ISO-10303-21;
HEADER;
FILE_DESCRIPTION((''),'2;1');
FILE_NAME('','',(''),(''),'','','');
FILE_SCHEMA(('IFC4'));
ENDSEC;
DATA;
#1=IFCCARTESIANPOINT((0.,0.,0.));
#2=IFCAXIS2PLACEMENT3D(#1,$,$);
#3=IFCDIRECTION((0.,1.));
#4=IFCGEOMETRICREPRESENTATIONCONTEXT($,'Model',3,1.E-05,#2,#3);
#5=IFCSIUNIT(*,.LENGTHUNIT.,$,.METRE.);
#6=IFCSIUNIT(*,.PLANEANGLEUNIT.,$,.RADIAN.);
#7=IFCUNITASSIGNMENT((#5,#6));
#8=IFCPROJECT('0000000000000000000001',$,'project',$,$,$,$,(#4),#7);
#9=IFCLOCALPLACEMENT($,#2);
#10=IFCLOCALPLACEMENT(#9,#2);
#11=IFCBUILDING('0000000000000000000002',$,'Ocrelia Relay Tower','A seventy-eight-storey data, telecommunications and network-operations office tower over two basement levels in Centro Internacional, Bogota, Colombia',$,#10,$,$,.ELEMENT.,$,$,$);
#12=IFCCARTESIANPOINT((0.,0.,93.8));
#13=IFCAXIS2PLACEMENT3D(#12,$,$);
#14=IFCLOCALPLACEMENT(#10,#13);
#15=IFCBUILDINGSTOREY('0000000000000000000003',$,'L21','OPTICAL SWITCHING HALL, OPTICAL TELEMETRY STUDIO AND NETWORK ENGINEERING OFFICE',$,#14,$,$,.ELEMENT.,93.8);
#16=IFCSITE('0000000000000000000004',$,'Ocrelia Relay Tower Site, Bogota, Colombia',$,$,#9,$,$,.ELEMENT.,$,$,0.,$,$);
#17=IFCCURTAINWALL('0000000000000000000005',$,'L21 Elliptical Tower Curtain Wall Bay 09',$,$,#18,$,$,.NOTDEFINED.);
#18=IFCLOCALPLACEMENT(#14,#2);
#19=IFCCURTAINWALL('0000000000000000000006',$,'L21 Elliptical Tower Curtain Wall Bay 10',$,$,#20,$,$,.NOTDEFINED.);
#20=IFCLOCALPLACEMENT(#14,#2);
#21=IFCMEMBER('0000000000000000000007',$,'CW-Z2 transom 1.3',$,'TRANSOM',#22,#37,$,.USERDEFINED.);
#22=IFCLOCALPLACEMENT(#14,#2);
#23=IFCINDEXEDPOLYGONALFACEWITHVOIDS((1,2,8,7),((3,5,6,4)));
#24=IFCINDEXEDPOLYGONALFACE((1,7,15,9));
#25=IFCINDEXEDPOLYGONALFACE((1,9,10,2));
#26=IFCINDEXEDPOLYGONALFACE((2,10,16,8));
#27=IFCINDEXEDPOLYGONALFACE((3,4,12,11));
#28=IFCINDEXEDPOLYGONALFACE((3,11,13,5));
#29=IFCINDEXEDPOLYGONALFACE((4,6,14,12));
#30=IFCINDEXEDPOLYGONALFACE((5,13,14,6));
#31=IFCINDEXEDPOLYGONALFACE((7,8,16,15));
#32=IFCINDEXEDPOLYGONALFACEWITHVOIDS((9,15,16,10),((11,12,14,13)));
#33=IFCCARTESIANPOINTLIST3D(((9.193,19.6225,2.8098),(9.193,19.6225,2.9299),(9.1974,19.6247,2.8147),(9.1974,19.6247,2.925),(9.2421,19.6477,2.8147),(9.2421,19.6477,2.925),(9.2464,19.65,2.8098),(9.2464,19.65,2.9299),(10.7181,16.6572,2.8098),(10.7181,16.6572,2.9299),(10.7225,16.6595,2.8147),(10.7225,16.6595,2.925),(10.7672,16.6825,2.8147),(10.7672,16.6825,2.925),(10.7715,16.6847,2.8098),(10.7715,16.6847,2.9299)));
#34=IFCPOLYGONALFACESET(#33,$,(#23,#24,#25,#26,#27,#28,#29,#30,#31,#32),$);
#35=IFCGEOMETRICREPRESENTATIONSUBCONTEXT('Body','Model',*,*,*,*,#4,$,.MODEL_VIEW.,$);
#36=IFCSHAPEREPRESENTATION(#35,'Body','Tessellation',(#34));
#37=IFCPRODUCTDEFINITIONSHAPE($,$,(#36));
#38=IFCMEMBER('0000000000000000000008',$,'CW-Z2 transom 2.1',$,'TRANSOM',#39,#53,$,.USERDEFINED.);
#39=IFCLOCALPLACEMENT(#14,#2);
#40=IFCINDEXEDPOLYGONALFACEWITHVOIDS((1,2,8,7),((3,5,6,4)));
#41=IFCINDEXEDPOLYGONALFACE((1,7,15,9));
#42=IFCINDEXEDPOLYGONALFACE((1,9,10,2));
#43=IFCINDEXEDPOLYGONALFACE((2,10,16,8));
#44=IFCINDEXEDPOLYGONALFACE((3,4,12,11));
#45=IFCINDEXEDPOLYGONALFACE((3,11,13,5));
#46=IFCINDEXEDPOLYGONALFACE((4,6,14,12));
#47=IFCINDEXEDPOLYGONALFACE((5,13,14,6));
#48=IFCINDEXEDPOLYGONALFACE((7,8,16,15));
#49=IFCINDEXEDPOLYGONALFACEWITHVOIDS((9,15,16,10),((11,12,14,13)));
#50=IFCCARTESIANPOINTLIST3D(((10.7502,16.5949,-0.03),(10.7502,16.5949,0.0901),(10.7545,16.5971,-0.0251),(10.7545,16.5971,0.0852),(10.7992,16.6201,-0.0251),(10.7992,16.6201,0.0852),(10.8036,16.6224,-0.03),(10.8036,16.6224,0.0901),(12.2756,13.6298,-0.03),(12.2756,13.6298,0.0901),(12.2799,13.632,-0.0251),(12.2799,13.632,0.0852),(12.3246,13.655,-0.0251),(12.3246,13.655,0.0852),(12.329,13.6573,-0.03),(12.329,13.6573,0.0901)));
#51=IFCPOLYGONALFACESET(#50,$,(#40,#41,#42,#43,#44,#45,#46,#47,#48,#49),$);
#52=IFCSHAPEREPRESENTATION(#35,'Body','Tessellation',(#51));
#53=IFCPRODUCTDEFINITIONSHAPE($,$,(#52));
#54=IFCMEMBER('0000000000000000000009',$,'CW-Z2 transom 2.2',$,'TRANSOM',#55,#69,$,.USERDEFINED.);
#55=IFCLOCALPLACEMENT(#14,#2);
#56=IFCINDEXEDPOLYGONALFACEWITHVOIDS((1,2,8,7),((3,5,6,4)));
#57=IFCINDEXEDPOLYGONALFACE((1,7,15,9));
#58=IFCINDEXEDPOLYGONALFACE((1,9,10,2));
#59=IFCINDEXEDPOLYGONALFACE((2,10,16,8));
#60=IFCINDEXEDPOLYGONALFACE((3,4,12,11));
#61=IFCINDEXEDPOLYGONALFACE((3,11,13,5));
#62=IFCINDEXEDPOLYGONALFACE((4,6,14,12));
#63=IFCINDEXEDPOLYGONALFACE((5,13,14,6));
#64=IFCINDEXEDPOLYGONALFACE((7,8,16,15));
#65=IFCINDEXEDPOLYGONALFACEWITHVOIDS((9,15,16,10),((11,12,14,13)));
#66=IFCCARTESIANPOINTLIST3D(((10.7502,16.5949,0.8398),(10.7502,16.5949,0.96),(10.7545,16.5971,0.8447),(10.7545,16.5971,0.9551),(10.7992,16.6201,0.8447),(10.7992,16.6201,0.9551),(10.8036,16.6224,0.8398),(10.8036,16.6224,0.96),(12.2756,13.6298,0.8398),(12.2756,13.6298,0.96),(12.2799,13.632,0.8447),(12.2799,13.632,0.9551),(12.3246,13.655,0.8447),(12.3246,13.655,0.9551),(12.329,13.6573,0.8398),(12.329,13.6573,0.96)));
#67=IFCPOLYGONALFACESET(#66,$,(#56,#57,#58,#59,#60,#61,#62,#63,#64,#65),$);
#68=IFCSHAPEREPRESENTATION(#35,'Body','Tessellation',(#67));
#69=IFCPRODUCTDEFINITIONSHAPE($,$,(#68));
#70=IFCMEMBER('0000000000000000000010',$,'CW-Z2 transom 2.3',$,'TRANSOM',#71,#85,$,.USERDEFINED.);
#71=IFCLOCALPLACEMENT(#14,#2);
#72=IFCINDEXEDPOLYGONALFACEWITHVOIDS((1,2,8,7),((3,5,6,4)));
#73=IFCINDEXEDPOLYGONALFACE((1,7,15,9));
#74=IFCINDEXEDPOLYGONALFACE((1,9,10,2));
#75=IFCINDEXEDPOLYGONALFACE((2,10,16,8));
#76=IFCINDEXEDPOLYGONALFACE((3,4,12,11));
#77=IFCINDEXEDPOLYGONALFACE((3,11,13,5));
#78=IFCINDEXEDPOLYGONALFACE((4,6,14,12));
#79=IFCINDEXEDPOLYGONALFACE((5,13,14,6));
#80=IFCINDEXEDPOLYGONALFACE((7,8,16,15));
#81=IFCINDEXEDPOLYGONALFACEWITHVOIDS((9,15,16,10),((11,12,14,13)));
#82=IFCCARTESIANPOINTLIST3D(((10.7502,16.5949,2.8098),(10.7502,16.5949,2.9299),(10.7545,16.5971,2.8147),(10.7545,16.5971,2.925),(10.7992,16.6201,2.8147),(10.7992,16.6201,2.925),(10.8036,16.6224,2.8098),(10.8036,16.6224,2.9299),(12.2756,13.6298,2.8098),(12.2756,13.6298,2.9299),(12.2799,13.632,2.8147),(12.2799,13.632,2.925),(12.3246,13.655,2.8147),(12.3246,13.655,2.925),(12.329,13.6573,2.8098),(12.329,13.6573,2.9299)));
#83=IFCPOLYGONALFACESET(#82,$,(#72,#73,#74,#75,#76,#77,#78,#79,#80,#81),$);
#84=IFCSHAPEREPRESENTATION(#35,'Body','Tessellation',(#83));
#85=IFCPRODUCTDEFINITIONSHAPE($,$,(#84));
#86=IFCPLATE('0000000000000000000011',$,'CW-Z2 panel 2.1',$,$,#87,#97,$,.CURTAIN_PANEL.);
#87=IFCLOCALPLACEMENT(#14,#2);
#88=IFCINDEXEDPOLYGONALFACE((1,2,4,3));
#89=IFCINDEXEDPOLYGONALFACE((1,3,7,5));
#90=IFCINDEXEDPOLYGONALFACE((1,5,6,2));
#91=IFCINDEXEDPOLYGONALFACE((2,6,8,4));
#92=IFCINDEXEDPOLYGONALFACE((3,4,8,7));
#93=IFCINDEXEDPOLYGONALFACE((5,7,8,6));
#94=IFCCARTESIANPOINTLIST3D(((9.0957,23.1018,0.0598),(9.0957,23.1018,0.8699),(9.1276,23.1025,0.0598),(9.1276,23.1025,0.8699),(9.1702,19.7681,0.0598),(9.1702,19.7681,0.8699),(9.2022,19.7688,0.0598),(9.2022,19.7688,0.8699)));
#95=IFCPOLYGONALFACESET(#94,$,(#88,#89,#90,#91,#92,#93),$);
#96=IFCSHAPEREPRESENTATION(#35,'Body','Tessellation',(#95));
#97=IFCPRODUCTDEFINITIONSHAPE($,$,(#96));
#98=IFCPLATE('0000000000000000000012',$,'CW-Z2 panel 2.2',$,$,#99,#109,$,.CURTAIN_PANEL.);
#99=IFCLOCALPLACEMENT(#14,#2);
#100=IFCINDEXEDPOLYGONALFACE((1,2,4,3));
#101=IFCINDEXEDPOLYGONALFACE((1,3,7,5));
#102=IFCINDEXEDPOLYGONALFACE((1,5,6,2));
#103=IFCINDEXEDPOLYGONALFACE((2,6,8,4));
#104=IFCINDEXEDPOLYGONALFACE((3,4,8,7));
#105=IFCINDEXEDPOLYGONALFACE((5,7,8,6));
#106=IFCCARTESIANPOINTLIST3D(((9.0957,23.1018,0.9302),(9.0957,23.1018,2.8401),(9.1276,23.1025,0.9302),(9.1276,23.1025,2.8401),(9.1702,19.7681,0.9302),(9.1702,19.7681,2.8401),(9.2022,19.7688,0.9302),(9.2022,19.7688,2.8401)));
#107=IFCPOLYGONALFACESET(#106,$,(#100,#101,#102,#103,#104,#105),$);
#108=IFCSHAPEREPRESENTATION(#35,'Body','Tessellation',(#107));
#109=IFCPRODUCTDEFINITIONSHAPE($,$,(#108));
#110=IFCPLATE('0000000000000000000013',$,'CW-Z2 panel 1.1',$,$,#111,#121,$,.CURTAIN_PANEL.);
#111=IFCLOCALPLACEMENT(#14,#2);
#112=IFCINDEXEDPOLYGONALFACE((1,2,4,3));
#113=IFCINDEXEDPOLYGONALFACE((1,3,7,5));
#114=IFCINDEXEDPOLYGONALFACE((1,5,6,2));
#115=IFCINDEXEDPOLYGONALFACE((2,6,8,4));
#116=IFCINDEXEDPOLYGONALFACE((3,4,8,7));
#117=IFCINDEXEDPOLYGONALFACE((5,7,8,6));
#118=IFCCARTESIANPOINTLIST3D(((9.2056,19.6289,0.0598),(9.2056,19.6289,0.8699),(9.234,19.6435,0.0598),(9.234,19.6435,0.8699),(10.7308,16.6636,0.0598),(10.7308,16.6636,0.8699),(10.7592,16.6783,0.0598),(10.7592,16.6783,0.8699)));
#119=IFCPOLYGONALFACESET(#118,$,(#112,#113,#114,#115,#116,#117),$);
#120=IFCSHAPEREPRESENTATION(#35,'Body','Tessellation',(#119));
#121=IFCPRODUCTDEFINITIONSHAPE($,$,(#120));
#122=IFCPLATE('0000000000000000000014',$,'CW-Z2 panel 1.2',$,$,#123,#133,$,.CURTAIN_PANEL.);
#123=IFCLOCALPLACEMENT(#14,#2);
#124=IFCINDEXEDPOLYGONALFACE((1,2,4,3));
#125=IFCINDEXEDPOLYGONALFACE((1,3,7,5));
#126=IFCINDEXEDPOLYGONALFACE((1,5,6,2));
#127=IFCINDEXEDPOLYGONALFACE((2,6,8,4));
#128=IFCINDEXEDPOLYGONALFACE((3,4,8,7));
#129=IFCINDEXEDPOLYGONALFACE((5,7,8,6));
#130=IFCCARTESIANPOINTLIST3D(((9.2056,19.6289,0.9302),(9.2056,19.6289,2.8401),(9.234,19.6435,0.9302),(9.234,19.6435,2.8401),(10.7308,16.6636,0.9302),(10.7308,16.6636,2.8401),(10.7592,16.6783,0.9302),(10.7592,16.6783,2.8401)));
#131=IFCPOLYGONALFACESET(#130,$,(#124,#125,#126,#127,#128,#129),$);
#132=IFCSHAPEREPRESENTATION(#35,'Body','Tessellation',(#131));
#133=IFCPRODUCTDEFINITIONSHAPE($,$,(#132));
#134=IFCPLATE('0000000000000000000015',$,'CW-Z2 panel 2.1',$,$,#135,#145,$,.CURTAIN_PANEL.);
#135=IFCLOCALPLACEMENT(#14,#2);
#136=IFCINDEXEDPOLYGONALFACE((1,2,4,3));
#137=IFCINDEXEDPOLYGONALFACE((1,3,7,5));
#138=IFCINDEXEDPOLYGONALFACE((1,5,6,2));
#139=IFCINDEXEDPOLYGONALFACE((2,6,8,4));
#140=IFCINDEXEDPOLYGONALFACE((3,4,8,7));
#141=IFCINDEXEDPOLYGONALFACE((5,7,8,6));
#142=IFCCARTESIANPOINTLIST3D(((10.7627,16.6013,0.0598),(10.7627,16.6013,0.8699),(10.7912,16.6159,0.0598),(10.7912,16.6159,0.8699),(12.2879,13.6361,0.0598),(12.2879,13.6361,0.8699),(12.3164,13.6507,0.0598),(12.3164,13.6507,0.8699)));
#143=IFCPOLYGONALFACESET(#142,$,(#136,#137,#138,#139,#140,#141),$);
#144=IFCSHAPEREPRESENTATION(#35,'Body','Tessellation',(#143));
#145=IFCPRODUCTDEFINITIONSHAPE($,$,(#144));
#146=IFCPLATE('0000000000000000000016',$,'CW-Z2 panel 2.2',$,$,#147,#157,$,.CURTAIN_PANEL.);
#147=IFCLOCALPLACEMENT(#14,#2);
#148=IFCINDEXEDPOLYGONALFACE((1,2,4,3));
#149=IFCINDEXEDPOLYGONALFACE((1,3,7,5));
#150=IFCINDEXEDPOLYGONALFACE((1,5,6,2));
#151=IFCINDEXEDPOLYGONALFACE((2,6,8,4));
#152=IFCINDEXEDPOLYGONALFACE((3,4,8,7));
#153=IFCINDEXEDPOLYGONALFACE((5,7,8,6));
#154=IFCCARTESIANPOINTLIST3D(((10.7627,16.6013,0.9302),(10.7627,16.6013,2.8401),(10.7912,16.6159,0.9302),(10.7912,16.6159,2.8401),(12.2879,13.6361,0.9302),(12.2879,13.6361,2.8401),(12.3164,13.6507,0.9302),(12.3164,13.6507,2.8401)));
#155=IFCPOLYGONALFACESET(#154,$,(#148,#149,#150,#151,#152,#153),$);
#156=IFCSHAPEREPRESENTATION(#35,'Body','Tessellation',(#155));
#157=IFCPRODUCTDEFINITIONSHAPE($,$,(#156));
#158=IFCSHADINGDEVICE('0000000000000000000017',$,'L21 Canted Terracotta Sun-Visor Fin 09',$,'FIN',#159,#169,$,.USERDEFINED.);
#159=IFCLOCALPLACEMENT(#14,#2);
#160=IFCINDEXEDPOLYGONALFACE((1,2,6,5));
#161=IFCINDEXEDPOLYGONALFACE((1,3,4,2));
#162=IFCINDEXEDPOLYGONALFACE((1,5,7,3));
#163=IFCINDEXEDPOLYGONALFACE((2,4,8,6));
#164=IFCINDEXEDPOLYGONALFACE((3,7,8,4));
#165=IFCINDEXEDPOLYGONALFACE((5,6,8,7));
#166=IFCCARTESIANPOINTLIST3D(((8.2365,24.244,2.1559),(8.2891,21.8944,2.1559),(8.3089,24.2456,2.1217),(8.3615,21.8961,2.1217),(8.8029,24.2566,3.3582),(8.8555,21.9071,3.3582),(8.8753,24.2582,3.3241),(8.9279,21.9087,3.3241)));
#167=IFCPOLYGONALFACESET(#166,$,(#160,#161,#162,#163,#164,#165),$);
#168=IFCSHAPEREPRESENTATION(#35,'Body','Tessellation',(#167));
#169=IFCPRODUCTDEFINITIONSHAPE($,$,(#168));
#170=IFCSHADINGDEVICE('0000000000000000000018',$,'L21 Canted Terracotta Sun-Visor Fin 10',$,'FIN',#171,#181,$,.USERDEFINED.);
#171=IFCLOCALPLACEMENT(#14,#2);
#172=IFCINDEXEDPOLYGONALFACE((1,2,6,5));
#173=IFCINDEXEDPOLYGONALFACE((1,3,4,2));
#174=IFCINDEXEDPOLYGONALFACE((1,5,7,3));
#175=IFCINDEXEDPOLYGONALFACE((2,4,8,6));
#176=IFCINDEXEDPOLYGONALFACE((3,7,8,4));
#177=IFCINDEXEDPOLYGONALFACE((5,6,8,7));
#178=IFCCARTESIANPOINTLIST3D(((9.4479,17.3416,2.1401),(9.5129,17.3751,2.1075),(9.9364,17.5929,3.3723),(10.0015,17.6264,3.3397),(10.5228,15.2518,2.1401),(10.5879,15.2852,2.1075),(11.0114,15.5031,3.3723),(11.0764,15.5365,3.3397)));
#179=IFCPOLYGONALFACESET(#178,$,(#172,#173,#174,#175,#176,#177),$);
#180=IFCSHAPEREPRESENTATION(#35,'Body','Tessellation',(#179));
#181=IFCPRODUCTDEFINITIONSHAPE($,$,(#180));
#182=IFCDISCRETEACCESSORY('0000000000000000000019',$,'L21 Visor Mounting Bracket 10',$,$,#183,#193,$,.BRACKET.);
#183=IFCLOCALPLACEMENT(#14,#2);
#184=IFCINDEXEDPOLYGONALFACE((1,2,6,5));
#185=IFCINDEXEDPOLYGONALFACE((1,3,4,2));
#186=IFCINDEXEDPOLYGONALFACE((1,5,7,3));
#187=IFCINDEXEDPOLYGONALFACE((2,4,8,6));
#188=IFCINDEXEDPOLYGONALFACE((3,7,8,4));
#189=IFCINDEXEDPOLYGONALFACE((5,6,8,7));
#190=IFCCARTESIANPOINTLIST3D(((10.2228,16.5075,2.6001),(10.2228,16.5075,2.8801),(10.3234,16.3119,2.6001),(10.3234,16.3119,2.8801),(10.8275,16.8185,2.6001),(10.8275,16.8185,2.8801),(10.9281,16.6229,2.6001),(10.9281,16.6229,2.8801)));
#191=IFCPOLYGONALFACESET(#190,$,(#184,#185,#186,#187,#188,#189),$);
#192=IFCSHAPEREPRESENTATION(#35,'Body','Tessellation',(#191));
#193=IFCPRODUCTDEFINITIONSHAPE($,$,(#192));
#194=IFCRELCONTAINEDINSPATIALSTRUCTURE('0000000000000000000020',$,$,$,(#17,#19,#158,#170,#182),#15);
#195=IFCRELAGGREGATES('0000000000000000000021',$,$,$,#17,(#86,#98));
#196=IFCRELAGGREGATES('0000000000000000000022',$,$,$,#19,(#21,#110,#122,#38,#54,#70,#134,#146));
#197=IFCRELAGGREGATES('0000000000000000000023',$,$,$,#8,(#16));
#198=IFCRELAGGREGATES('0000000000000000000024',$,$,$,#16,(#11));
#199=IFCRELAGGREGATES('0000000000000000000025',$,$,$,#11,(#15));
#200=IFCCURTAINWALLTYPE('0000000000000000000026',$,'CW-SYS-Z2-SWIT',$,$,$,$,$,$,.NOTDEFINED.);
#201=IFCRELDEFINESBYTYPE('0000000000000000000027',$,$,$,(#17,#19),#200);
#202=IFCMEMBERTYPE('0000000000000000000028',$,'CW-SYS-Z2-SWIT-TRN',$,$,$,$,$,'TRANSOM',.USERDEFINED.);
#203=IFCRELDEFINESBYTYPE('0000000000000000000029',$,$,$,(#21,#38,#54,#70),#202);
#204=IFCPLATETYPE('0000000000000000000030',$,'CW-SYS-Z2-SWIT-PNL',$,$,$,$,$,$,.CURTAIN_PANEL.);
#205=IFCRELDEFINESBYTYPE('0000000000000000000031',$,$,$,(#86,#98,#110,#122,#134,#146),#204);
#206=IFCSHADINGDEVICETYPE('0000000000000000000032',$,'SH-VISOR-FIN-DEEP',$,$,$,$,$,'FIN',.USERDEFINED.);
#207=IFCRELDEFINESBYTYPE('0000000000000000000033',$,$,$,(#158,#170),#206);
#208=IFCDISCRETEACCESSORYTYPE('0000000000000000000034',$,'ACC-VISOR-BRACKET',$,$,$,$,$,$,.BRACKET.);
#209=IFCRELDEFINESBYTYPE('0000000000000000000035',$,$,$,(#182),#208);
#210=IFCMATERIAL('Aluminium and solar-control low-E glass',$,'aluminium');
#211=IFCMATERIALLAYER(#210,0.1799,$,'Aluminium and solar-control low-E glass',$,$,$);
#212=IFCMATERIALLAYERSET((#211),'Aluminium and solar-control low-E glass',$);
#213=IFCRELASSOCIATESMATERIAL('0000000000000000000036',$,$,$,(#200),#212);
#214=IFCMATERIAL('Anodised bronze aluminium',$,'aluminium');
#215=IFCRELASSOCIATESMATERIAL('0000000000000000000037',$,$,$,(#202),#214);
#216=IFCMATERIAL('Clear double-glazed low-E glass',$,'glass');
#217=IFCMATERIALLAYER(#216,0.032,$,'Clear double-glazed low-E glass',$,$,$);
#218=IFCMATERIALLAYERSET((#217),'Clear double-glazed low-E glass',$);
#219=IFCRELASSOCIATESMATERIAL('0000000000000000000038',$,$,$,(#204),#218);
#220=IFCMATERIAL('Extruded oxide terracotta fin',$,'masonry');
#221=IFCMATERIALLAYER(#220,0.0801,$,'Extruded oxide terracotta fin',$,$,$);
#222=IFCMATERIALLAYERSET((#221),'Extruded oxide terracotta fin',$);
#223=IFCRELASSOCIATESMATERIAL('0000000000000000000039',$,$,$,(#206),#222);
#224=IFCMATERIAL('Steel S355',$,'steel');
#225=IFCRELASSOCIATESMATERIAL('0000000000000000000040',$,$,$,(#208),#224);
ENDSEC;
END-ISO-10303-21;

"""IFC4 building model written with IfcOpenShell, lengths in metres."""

from ifc_helpers import new_model, si_unit, direction, frame, origin, origin_2d, place, context, subcontext, project, spatial, rectangle, hollow_rectangle, extrude, material, layer, layer_set, material_profile, profile_set, type_object, element, aggregate, save


model = new_model("IFC4")

# Units and contexts
model_context = context("Model", 3, precision=1e-05, world=origin(), true_north=direction((0.0, 1.0)))
body_context = subcontext(model_context, "Body", "Model", "MODEL_VIEW")
ifc_project = project(units=[si_unit("LENGTHUNIT", "METRE"), si_unit("PLANEANGLEUNIT", "RADIAN")], contexts=[model_context])

# Site, building, storey
site_placement = place(None, origin())
site = spatial("IfcSite", under=ifc_project, at=site_placement, Name="Ocrelia Relay Tower Site, Bogota, Colombia", CompositionType="ELEMENT", RefElevation=0.0)
building_placement = place(site_placement, origin())
building = spatial("IfcBuilding", under=site, at=building_placement, Name="Ocrelia Relay Tower", Description="A seventy-eight-storey data, telecommunications and network-operations office tower over two basement levels in Centro Internacional, Bogota, Colombia", CompositionType="ELEMENT")
storey_placement = place(building_placement, frame((0.0, 0.0, 93.8)))
storey = spatial("IfcBuildingStorey", under=building, at=storey_placement, Name="L21", Description="OPTICAL SWITCHING HALL, OPTICAL TELEMETRY STUDIO AND NETWORK ENGINEERING OFFICE", CompositionType="ELEMENT", Elevation=93.8)

# Shared definitions
ifc_material_1 = material(Name="Steel S355", Category="steel")

# Curtain wall
ifc_material_2 = material(Name="Aluminium and solar-control low-E glass", Category="aluminium")
ifc_layer_1 = layer(ifc_material_2, 0.1799, Name="Aluminium and solar-control low-E glass")
ifc_layer_set_1 = layer_set([ifc_layer_1], Name="Aluminium and solar-control low-E glass")
curtain_wall_type = type_object("IfcCurtainWallType", Name="CW-SYS-Z2-SWIT", PredefinedType="NOTDEFINED", material=ifc_layer_set_1)
curtain_wall_1_placement = place(storey_placement, origin())
curtain_wall_1 = element("IfcCurtainWall", 1, at=curtain_wall_1_placement, inside=storey, type_object=curtain_wall_type, Name="L21 Elliptical Tower Curtain Wall Bay 09", PredefinedType="NOTDEFINED")
ifc_material_3 = material(Name="Anodised bronze aluminium", Category="aluminium")

# Curtain wall, members
curtain_wall_2_placement = place(storey_placement, origin())
curtain_wall_2 = element("IfcCurtainWall", 2, at=curtain_wall_2_placement, inside=storey, type_object=curtain_wall_type, Name="L21 Elliptical Tower Curtain Wall Bay 10", PredefinedType="NOTDEFINED")
ifc_material_profile_1 = material_profile(ifc_material_3, hollow_rectangle(XDim=0.0601, YDim=0.1201, WallThickness=0.0049, at=origin_2d()), Name="CW-TRN-120x60")
ifc_profile_set_1 = profile_set([ifc_material_profile_1], Name="Anodised bronze aluminium")
member_type_1 = type_object("IfcMemberType", Name="CW-SYS-Z2-SWIT-TRN", ElementType="TRANSOM", PredefinedType="USERDEFINED", material=ifc_profile_set_1)
member_1_placement = place(storey_placement, frame((9.2197, 19.6362, 2.8699), z_axis=(0.457376, -0.889273, 0.0), x_axis=(0.889273, 0.457376, 0.0)))
member_1 = element("IfcMember", 3, at=member_1_placement, type_object=member_type_1, Name="CW-Z2 transom 1.3", ObjectType="TRANSOM", PredefinedType="USERDEFINED", context=body_context, shape_type="SweptSolid", body=[
    extrude(hollow_rectangle(XDim=0.0601, YDim=0.1201, WallThickness=0.0049, at=origin_2d()), origin(), (0.0, 0.0, 1.0), 3.3345),
])
member_2_placement = place(storey_placement, frame((10.7769, 16.6086, 0.03), z_axis=(0.457464, -0.889228, 0.0), x_axis=(0.889228, 0.457464, 0.0)))
member_2 = element("IfcMember", 4, at=member_2_placement, type_object=member_type_1, Name="CW-Z2 transom 2.1", ObjectType="TRANSOM", PredefinedType="USERDEFINED", context=body_context, shape_type="SweptSolid", body=[
    extrude(hollow_rectangle(XDim=0.0601, YDim=0.1201, WallThickness=0.0049, at=origin_2d()), origin(), (0.0, 0.0, 1.0), 3.3345),
])
member_3_placement = place(storey_placement, frame((10.7769, 16.6086, 0.8999), z_axis=(0.457464, -0.889228, 0.0), x_axis=(0.889228, 0.457464, 0.0)))
member_3 = element("IfcMember", 5, at=member_3_placement, type_object=member_type_1, Name="CW-Z2 transom 2.2", ObjectType="TRANSOM", PredefinedType="USERDEFINED", context=body_context, shape_type="SweptSolid", body=[
    extrude(hollow_rectangle(XDim=0.0601, YDim=0.1201, WallThickness=0.0049, at=origin_2d()), origin(), (0.0, 0.0, 1.0), 3.3345),
])
member_4_placement = place(storey_placement, frame((10.7769, 16.6086, 2.8699), z_axis=(0.457464, -0.889228, 0.0), x_axis=(0.889228, 0.457464, 0.0)))
member_4 = element("IfcMember", 6, at=member_4_placement, type_object=member_type_1, Name="CW-Z2 transom 2.3", ObjectType="TRANSOM", PredefinedType="USERDEFINED", context=body_context, shape_type="SweptSolid", body=[
    extrude(hollow_rectangle(XDim=0.0601, YDim=0.1201, WallThickness=0.0049, at=origin_2d()), origin(), (0.0, 0.0, 1.0), 3.3345),
])

# Plates
ifc_material_4 = material(Name="Clear double-glazed low-E glass", Category="glass")
ifc_layer_2 = layer(ifc_material_4, 0.032, Name="Clear double-glazed low-E glass")
ifc_layer_set_2 = layer_set([ifc_layer_2], Name="Clear double-glazed low-E glass")
plate_type = type_object("IfcPlateType", Name="CW-SYS-Z2-SWIT-PNL", PredefinedType="CURTAIN_PANEL", material=ifc_layer_set_2)
plate_1_placement = place(storey_placement, frame((9.1489, 21.4353, 0.0598), z_axis=(0.0, 0.0, 1.0), x_axis=(0.022358, -0.99975, 0.0)))
plate_1 = element("IfcPlate", 7, at=plate_1_placement, type_object=plate_type, Name="CW-Z2 panel 2.1", PredefinedType="CURTAIN_PANEL", context=body_context, shape_type="SweptSolid", body=[
    extrude(rectangle(XDim=3.3345, YDim=0.032, at=origin_2d()), origin(), (0.0, 0.0, 1.0), 0.8101),
])
plate_2_placement = place(storey_placement, frame((9.1489, 21.4353, 0.9302), z_axis=(0.0, 0.0, 1.0), x_axis=(0.022358, -0.99975, 0.0)))
plate_2 = element("IfcPlate", 8, at=plate_2_placement, type_object=plate_type, Name="CW-Z2 panel 2.2", PredefinedType="CURTAIN_PANEL", context=body_context, shape_type="SweptSolid", body=[
    extrude(rectangle(XDim=3.3345, YDim=0.032, at=origin_2d()), origin(), (0.0, 0.0, 1.0), 1.9099),
])
aggregate(curtain_wall_1, [plate_1, plate_2])
plate_3_placement = place(storey_placement, frame((9.9824, 18.1536, 0.0598), z_axis=(0.0, 0.0, 1.0), x_axis=(0.457401, -0.889261, 0.0)))
plate_3 = element("IfcPlate", 9, at=plate_3_placement, type_object=plate_type, Name="CW-Z2 panel 1.1", PredefinedType="CURTAIN_PANEL", context=body_context, shape_type="SweptSolid", body=[
    extrude(rectangle(XDim=3.3345, YDim=0.032, at=origin_2d()), origin(), (0.0, 0.0, 1.0), 0.8101),
])
plate_4_placement = place(storey_placement, frame((9.9824, 18.1536, 0.9302), z_axis=(0.0, 0.0, 1.0), x_axis=(0.457401, -0.889261, 0.0)))
plate_4 = element("IfcPlate", 10, at=plate_4_placement, type_object=plate_type, Name="CW-Z2 panel 1.2", PredefinedType="CURTAIN_PANEL", context=body_context, shape_type="SweptSolid", body=[
    extrude(rectangle(XDim=3.3345, YDim=0.032, at=origin_2d()), origin(), (0.0, 0.0, 1.0), 1.9099),
])
plate_5_placement = place(storey_placement, frame((11.5396, 15.126, 0.0598), z_axis=(0.0, 0.0, 1.0), x_axis=(0.457401, -0.889261, 0.0)))
plate_5 = element("IfcPlate", 11, at=plate_5_placement, type_object=plate_type, Name="CW-Z2 panel 2.1", PredefinedType="CURTAIN_PANEL", context=body_context, shape_type="SweptSolid", body=[
    extrude(rectangle(XDim=3.3345, YDim=0.032, at=origin_2d()), origin(), (0.0, 0.0, 1.0), 0.8101),
])
plate_6_placement = place(storey_placement, frame((11.5396, 15.126, 0.9302), z_axis=(0.0, 0.0, 1.0), x_axis=(0.457401, -0.889261, 0.0)))
plate_6 = element("IfcPlate", 12, at=plate_6_placement, type_object=plate_type, Name="CW-Z2 panel 2.2", PredefinedType="CURTAIN_PANEL", context=body_context, shape_type="SweptSolid", body=[
    extrude(rectangle(XDim=3.3345, YDim=0.032, at=origin_2d()), origin(), (0.0, 0.0, 1.0), 1.9099),
])
aggregate(curtain_wall_2, [member_1, plate_3, plate_4, member_2, member_3, member_4, plate_5, plate_6])

# Shading devices
ifc_material_5 = material(Name="Extruded oxide terracotta fin", Category="masonry")
ifc_layer_3 = layer(ifc_material_5, 0.0801, Name="Extruded oxide terracotta fin")
ifc_layer_set_3 = layer_set([ifc_layer_3], Name="Extruded oxide terracotta fin")
shading_device_type = type_object("IfcShadingDeviceType", Name="SH-VISOR-FIN-DEEP", ElementType="FIN", PredefinedType="USERDEFINED", material=ifc_layer_set_3)
shading_device_1_placement = place(storey_placement, frame((8.6184, 23.0771, 2.7229), z_axis=(-0.904378, -0.020225, 0.426253), x_axis=(0.022358, -0.99975, 0.0)))
element("IfcShadingDevice", 13, at=shading_device_1_placement, inside=storey, type_object=shading_device_type, Name="L21 Canted Terracotta Sun-Visor Fin 09", ObjectType="FIN", PredefinedType="USERDEFINED", context=body_context, shape_type="SweptSolid", body=[
    extrude(rectangle(XDim=2.3501, YDim=1.3291, at=origin_2d()), origin(), (0.0, 0.0, 1.0), 0.0801),
])
shading_device_2_placement = place(storey_placement, frame((10.2947, 16.4558, 2.7236), z_axis=(-0.81219, -0.417759, 0.407215), x_axis=(0.457401, -0.889261, 0.0)))
element("IfcShadingDevice", 14, at=shading_device_2_placement, inside=storey, type_object=shading_device_type, Name="L21 Canted Terracotta Sun-Visor Fin 10", ObjectType="FIN", PredefinedType="USERDEFINED", context=body_context, shape_type="SweptSolid", body=[
    extrude(rectangle(XDim=2.3501, YDim=1.3491, at=origin_2d()), origin(), (0.0, 0.0, 1.0), 0.0801),
])

# Discrete accessory
discrete_accessory_type = type_object("IfcDiscreteAccessoryType", Name="ACC-VISOR-BRACKET", PredefinedType="BRACKET", material=ifc_material_1)
discrete_accessory_placement = place(storey_placement, frame((10.5754, 16.5652, 2.6001), z_axis=(0.0, 0.0, 1.0), x_axis=(0.457401, -0.889261, 0.0)))
element("IfcDiscreteAccessory", 15, at=discrete_accessory_placement, inside=storey, type_object=discrete_accessory_type, Name="L21 Visor Mounting Bracket 10", PredefinedType="BRACKET", context=body_context, shape_type="SweptSolid", body=[
    extrude(rectangle(XDim=0.22, YDim=0.6799, at=origin_2d()), origin(), (0.0, 0.0, 1.0), 0.28),
])

save(model, "model.ifc")
